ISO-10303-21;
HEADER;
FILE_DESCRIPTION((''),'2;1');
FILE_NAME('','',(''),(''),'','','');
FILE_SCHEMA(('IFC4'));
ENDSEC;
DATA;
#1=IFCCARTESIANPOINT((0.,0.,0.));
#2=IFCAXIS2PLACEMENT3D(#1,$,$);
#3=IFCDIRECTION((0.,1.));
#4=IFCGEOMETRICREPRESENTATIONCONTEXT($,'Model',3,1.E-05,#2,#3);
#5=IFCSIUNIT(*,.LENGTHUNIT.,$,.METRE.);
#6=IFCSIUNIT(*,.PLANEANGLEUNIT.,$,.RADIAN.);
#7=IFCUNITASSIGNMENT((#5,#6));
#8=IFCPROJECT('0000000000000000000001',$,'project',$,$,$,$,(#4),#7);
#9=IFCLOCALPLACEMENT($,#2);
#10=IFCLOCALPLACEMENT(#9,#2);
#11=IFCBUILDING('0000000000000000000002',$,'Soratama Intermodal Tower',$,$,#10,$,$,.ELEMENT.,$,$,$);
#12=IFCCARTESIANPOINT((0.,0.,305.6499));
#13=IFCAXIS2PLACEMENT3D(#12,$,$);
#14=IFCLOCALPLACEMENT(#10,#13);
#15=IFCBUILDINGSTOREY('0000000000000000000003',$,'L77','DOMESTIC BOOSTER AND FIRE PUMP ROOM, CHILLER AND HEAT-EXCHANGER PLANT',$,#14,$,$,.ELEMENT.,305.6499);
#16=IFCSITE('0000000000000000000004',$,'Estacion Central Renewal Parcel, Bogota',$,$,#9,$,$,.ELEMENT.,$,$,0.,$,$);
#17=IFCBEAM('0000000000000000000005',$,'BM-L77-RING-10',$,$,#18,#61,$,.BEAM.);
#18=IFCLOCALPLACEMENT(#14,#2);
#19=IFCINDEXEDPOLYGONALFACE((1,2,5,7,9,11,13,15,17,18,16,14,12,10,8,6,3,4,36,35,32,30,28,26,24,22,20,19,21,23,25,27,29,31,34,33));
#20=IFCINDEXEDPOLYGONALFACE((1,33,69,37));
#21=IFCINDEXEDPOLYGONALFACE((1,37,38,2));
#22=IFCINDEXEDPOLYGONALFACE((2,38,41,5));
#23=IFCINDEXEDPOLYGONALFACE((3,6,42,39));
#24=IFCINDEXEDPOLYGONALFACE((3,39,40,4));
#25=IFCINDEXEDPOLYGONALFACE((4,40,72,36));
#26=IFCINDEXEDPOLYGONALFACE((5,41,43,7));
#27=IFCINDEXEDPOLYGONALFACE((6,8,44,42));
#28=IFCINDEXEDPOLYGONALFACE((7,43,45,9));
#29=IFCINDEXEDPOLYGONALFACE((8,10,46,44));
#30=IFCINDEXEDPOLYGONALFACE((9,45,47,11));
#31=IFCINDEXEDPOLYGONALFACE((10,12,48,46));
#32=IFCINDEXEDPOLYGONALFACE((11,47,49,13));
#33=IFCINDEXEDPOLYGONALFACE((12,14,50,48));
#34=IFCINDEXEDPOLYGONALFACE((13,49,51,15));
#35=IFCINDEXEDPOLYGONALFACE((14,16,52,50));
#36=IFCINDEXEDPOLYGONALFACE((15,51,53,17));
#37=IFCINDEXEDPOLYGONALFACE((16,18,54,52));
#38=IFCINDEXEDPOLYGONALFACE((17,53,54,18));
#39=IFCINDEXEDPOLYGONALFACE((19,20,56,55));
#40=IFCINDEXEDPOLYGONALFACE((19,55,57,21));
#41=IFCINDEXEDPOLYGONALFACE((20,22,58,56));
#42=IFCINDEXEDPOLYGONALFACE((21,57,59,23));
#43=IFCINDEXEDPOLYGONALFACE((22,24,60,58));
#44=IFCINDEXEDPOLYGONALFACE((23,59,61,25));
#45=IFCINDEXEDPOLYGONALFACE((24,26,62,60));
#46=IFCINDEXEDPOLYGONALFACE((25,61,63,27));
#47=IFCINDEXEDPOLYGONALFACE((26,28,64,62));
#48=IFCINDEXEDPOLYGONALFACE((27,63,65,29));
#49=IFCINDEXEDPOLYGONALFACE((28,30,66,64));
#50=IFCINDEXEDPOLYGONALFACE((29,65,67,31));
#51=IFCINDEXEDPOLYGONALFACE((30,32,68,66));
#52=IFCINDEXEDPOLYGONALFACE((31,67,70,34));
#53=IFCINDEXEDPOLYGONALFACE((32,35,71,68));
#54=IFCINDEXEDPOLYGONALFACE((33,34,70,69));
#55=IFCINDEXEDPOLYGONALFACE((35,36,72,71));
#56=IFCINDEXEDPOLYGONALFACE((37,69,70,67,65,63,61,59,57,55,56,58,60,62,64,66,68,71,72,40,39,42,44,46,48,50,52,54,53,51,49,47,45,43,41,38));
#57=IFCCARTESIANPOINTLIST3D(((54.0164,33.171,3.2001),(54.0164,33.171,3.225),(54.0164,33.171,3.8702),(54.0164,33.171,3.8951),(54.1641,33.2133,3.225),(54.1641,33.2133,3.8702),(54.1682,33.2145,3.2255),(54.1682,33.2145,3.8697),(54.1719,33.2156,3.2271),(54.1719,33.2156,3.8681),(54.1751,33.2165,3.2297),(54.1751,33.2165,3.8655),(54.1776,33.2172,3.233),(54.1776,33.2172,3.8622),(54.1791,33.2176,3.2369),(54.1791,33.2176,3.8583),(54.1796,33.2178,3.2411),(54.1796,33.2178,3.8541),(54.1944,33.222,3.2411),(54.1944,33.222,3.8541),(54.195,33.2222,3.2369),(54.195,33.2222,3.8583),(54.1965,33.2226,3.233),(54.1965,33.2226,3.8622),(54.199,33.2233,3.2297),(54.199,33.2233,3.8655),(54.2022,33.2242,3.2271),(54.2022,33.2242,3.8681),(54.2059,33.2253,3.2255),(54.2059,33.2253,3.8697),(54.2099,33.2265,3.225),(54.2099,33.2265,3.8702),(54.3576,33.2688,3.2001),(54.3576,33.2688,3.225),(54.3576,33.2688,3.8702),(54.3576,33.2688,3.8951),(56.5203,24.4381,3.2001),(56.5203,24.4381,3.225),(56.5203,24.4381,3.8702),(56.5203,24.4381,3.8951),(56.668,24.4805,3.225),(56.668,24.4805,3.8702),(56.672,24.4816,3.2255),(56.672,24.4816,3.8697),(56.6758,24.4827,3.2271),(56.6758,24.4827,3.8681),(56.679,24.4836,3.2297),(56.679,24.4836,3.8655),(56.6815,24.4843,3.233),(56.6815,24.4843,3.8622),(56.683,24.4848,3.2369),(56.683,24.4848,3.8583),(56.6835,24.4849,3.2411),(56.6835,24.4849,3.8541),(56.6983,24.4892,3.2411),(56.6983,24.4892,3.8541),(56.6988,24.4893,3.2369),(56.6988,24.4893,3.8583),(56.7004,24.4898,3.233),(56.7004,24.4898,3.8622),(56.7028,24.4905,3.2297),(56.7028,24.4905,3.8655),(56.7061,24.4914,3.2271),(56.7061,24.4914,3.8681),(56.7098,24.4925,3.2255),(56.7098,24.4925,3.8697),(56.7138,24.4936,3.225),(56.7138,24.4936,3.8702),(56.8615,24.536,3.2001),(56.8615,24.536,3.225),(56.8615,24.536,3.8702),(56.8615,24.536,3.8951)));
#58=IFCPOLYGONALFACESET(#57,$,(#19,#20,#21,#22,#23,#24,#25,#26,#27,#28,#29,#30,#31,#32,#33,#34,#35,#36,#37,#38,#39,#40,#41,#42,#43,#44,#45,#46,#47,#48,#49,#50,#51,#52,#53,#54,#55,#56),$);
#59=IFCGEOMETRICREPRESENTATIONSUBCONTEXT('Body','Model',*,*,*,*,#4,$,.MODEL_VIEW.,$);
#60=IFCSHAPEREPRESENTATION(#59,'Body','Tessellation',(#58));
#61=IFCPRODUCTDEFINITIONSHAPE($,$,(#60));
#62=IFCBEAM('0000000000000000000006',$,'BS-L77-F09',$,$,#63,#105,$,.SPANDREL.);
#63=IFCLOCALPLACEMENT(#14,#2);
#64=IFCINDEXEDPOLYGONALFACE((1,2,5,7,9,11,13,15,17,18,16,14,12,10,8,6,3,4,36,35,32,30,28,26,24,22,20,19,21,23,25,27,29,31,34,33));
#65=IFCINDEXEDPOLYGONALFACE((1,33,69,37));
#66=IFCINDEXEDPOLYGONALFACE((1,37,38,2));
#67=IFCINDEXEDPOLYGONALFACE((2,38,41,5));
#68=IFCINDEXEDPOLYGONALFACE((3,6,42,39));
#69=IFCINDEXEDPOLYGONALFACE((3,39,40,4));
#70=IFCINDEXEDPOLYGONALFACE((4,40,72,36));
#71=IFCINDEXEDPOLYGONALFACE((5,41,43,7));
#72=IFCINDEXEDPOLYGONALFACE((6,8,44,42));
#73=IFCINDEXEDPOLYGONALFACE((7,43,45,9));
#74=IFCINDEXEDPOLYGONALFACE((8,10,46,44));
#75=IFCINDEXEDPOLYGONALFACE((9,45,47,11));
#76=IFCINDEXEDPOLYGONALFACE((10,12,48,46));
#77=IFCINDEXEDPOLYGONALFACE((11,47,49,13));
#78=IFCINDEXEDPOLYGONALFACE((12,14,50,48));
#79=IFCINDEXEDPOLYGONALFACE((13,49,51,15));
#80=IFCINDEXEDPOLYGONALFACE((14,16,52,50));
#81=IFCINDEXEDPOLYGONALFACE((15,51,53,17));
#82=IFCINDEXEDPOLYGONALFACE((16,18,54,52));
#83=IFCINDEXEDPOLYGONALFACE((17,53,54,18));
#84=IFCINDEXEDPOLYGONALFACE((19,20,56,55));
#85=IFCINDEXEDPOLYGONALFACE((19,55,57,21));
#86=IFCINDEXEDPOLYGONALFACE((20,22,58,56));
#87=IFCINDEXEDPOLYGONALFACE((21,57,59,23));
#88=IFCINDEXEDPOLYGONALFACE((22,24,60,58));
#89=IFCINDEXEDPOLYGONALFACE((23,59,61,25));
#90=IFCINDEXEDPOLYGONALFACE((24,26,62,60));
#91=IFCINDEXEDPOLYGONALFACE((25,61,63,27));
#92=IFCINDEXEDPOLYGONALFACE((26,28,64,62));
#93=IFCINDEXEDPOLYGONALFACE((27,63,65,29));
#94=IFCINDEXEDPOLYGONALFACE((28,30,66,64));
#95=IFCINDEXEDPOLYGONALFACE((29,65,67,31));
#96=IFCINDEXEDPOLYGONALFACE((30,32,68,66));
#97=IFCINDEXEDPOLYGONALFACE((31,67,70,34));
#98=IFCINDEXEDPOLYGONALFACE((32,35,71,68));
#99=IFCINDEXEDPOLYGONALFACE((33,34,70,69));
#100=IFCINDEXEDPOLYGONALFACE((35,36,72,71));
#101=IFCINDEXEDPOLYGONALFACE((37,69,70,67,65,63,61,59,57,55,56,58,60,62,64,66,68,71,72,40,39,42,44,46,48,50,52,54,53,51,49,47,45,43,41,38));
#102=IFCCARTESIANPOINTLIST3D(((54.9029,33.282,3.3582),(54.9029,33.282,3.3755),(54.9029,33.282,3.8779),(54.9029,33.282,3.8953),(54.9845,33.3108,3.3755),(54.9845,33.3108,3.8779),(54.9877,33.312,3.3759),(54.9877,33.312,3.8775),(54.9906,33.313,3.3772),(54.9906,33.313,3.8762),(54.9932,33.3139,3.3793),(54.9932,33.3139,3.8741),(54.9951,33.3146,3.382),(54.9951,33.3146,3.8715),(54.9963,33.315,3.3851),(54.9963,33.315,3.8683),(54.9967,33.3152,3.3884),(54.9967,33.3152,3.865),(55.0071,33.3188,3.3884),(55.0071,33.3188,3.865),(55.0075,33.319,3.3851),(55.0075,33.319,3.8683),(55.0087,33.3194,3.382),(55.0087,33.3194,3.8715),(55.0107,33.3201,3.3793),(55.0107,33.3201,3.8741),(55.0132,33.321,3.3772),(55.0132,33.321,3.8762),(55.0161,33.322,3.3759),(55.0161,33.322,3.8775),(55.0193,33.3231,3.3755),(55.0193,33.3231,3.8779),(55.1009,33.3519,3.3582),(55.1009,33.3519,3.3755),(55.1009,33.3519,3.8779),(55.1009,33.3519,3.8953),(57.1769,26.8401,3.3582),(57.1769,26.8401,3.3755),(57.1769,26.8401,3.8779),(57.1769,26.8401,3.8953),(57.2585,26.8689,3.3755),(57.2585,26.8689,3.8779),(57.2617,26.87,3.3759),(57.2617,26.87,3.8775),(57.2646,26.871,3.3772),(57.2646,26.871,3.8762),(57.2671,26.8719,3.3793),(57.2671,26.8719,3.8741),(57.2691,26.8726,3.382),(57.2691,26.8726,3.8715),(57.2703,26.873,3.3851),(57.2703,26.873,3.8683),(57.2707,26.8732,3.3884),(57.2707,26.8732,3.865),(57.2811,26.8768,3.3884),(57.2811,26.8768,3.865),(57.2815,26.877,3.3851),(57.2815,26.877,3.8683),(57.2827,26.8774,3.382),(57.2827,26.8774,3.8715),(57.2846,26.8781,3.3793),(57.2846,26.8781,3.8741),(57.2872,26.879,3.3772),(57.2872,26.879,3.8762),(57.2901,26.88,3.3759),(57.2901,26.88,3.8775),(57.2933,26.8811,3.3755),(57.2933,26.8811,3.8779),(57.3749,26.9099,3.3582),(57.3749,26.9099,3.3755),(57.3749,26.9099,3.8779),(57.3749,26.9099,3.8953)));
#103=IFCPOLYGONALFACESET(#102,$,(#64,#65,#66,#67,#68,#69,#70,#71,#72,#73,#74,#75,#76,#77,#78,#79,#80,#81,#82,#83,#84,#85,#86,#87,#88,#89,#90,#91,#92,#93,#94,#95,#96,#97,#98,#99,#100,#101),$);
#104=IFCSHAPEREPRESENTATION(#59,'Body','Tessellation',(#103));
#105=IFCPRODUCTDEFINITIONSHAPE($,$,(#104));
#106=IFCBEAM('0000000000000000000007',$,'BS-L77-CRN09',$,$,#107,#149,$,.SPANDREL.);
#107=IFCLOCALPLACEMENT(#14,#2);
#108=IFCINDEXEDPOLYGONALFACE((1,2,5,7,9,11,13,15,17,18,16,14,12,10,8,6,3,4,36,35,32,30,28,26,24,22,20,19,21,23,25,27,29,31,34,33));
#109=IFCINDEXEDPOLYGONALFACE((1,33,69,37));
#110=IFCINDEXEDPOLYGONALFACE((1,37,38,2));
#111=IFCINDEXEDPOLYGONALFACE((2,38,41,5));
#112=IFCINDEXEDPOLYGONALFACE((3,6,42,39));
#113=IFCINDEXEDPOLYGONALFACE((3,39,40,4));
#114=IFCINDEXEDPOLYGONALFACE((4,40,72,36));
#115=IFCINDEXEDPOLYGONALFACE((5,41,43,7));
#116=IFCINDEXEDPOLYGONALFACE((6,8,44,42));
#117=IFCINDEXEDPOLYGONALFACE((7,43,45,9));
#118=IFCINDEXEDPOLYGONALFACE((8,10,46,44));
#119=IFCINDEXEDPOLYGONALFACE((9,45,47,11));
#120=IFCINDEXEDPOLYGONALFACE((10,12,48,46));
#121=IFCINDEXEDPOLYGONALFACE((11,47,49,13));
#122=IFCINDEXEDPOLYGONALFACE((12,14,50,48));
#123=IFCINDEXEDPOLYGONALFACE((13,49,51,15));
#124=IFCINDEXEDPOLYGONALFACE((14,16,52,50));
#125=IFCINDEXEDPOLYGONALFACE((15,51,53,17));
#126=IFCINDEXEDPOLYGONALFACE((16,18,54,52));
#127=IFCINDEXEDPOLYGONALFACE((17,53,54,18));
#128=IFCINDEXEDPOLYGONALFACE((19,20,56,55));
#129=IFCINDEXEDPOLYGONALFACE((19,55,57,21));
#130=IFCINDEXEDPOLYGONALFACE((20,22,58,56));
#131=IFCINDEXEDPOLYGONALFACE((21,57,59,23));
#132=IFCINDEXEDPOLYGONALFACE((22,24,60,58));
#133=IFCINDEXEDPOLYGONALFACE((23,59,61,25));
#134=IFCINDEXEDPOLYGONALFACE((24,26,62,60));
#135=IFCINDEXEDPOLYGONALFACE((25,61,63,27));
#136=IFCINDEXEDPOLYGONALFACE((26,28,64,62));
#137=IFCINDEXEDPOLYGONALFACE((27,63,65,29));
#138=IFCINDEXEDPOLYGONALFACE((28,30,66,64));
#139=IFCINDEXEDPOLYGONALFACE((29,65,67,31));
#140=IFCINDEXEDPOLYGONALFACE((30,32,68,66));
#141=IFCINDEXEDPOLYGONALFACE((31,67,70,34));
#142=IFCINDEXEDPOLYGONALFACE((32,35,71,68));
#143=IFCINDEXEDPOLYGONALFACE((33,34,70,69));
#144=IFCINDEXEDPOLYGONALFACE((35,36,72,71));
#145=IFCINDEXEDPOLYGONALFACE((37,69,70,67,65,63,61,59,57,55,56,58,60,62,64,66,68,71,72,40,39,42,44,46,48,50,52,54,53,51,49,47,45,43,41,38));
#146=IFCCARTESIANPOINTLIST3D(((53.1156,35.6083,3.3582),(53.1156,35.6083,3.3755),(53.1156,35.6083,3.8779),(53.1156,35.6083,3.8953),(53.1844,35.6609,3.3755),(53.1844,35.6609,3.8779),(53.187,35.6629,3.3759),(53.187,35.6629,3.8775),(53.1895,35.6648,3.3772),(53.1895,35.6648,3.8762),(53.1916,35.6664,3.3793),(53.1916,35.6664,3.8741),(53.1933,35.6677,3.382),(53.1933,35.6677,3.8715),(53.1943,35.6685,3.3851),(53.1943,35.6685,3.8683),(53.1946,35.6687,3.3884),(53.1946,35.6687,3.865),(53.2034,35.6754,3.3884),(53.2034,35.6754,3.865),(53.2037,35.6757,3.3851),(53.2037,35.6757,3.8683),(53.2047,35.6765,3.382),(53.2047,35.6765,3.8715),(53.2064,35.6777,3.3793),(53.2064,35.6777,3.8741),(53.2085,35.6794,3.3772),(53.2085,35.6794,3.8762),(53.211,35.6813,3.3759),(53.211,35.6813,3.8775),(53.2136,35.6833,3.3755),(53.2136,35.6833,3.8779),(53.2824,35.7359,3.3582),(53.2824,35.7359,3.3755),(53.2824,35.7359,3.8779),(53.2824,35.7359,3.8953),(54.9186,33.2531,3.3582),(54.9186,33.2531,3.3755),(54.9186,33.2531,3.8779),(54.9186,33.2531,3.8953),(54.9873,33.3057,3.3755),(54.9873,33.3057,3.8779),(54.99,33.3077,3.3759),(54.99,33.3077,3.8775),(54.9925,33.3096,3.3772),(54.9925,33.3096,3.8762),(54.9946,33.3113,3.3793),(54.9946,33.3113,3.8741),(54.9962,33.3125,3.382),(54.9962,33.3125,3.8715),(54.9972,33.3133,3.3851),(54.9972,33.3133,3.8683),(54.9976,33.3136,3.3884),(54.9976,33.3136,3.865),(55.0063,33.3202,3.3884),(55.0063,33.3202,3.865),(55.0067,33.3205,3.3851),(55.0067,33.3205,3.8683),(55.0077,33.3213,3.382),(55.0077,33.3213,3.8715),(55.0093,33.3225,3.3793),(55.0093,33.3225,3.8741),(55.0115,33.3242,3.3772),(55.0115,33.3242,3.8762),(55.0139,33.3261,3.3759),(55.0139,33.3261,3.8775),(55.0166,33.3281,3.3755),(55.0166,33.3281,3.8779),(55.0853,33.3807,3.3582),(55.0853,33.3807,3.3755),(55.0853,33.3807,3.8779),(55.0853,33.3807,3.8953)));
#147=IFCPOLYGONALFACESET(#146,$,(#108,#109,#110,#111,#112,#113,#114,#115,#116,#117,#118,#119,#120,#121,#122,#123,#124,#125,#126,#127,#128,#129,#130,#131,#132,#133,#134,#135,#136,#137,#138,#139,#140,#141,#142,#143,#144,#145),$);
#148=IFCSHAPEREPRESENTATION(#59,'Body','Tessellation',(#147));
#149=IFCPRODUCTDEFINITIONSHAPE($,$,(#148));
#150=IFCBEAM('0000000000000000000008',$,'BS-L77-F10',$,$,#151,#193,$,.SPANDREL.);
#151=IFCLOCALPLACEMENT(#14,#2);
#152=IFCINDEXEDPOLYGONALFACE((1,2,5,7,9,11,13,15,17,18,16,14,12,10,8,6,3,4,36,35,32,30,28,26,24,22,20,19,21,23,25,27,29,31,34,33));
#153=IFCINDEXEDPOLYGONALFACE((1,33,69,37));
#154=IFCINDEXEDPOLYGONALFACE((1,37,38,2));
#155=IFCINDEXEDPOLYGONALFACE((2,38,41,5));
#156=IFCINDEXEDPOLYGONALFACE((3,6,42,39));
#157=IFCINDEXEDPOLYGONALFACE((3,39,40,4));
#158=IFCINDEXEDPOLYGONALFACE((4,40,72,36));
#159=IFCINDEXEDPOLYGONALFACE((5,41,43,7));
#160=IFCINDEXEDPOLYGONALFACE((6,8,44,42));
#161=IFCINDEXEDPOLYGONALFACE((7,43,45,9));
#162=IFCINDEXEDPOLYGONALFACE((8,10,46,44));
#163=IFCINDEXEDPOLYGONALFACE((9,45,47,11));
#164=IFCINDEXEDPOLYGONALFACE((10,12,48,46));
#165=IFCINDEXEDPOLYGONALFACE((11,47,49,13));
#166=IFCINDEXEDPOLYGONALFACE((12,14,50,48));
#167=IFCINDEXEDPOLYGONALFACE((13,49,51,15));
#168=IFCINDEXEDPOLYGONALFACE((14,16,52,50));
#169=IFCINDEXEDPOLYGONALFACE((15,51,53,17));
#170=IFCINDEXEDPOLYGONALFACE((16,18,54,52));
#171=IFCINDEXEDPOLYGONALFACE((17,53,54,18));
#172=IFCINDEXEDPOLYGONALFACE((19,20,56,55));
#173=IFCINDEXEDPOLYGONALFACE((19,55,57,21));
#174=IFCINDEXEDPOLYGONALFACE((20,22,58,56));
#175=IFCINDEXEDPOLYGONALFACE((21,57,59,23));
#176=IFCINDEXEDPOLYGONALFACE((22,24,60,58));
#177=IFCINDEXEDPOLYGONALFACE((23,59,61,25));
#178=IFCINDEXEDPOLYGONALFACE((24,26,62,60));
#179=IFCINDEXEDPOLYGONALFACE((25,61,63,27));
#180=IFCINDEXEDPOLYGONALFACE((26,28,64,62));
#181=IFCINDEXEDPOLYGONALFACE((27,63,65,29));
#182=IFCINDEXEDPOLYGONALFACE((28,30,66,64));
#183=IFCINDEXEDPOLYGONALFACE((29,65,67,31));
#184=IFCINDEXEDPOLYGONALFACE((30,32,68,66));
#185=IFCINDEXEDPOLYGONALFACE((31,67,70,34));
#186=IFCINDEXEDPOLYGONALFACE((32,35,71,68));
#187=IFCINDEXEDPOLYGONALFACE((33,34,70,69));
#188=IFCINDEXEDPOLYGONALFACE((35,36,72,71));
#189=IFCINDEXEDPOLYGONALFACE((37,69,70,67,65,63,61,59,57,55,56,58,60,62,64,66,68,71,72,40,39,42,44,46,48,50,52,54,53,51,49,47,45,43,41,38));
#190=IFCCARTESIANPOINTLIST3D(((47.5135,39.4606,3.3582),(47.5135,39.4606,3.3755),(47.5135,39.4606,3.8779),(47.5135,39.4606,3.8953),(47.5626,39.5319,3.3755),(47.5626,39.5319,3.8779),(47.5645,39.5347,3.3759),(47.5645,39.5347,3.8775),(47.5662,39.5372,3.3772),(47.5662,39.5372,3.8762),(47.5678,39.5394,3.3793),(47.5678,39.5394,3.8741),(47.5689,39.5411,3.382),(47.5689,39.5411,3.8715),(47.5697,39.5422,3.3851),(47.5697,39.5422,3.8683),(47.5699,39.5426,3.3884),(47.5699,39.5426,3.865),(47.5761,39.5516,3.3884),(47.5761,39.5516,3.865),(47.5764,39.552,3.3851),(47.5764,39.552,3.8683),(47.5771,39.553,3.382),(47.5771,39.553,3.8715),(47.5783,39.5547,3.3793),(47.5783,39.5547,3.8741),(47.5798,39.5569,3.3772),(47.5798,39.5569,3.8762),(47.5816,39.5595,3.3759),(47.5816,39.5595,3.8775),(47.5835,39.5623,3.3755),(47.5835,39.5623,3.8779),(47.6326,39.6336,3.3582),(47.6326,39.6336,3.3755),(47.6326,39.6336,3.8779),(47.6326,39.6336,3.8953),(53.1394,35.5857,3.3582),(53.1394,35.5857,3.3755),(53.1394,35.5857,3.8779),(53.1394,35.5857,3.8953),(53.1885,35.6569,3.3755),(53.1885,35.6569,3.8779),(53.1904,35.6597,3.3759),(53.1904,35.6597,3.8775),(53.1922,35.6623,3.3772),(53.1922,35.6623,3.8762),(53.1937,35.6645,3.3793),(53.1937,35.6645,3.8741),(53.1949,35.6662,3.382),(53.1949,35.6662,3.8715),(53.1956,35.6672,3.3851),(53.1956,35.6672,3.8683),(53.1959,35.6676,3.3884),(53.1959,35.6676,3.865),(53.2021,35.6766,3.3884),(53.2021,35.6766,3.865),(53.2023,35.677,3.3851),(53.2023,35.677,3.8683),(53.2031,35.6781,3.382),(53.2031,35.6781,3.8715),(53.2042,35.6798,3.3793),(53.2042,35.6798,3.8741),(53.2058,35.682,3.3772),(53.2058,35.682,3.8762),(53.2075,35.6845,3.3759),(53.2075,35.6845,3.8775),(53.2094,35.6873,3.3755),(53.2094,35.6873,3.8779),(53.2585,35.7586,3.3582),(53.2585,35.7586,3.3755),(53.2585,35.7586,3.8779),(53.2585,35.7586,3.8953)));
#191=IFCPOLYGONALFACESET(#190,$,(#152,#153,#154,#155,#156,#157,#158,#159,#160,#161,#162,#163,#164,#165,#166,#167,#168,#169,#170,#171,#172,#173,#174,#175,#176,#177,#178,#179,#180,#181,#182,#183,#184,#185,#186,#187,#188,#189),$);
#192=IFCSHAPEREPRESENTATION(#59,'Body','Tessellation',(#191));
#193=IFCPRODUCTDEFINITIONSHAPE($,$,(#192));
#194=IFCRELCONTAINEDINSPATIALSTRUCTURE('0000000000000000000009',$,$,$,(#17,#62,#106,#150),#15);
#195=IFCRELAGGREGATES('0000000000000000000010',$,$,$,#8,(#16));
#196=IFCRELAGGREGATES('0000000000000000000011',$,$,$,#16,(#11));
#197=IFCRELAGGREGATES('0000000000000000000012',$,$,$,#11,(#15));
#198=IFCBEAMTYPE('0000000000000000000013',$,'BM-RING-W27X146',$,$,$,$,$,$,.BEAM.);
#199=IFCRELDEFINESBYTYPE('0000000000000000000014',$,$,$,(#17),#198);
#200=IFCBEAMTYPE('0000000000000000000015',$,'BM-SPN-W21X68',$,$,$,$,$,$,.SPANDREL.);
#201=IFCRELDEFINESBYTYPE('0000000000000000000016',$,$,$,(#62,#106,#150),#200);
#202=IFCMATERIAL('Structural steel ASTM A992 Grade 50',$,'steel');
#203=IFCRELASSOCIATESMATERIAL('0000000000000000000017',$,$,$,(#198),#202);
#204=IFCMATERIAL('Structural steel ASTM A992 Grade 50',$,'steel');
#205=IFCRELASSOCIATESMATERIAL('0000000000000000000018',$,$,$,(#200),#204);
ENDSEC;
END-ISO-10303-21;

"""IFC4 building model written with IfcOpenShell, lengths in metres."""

from ifc_helpers import new_model, si_unit, direction, frame, origin, origin_2d, place, context, subcontext, project, spatial, i_section, extrude, material, material_profile, profile_set, type_object, element, save


model = new_model("IFC4")

# Units and contexts
model_context = context("Model", 3, precision=1e-05, world=origin(), true_north=direction((0.0, 1.0)))
body_context = subcontext(model_context, "Body", "Model", "MODEL_VIEW")
ifc_project = project(units=[si_unit("LENGTHUNIT", "METRE"), si_unit("PLANEANGLEUNIT", "RADIAN")], contexts=[model_context])

# Site, building, storey
site_placement = place(None, origin())
site = spatial("IfcSite", under=ifc_project, at=site_placement, Name="Estacion Central Renewal Parcel, Bogota", CompositionType="ELEMENT", RefElevation=0.0)
building_placement = place(site_placement, origin())
building = spatial("IfcBuilding", under=site, at=building_placement, Name="Soratama Intermodal Tower", CompositionType="ELEMENT")
storey_placement = place(building_placement, frame((0.0, 0.0, 305.6499)))
storey = spatial("IfcBuildingStorey", under=building, at=storey_placement, Name="L77", Description="DOMESTIC BOOSTER AND FIRE PUMP ROOM, CHILLER AND HEAT-EXCHANGER PLANT", CompositionType="ELEMENT", Elevation=305.6499)

# Beams
ifc_material_1 = material(Name="Structural steel ASTM A992 Grade 50", Category="steel")
ifc_material_profile_1 = material_profile(ifc_material_1, i_section(OverallWidth=0.355, OverallDepth=0.6951, WebThickness=0.0154, FlangeThickness=0.0249, FilletRadius=0.0161, at=origin_2d()), Name="W27X146")
ifc_profile_set_1 = profile_set([ifc_material_profile_1], Name="Structural steel ASTM A992 Grade 50")
beam_type_1 = type_object("IfcBeamType", Name="BM-RING-W27X146", PredefinedType="BEAM", material=ifc_profile_set_1)
beam_1_placement = place(storey_placement, frame((56.6909, 24.4871, 3.5476), z_axis=(-0.275615, 0.961268, 0.0), x_axis=(-0.961268, -0.275615, 0.0)))
element("IfcBeam", 1, at=beam_1_placement, inside=storey, type_object=beam_type_1, Name="BM-L77-RING-10", PredefinedType="BEAM", context=body_context, shape_type="SweptSolid", body=[
    extrude(i_section(OverallWidth=0.355, OverallDepth=0.6951, WebThickness=0.0154, FlangeThickness=0.0249, FilletRadius=0.0161, at=origin_2d()), origin(), (0.0, 0.0, 1.0), 9.0847),
])
ifc_material_2 = material(Name="Structural steel ASTM A992 Grade 50", Category="steel")
ifc_material_profile_2 = material_profile(ifc_material_2, i_section(OverallWidth=0.21, OverallDepth=0.5371, WebThickness=0.011, FlangeThickness=0.0173, FilletRadius=0.0129, at=origin_2d()), Name="W21X68")
ifc_profile_set_2 = profile_set([ifc_material_profile_2], Name="Structural steel ASTM A992 Grade 50")
beam_type_2 = type_object("IfcBeamType", Name="BM-SPN-W21X68", PredefinedType="SPANDREL", material=ifc_profile_set_2)
beam_2_placement = place(storey_placement, frame((57.2759, 26.875, 3.6267), z_axis=(-0.332861, 0.942976, 0.0), x_axis=(-0.942976, -0.332861, 0.0)))
element("IfcBeam", 2, at=beam_2_placement, inside=storey, type_object=beam_type_2, Name="BS-L77-F09", PredefinedType="SPANDREL", context=body_context, shape_type="SweptSolid", body=[
    extrude(i_section(OverallWidth=0.21, OverallDepth=0.5371, WebThickness=0.011, FlangeThickness=0.0173, FilletRadius=0.0129, at=origin_2d()), origin(), (0.0, 0.0, 1.0), 6.8315),
])
beam_3_placement = place(storey_placement, frame((55.002, 33.3169, 3.6267), z_axis=(-0.607859, 0.794045, 0.0), x_axis=(-0.794045, -0.607859, 0.0)))
element("IfcBeam", 3, at=beam_3_placement, inside=storey, type_object=beam_type_2, Name="BS-L77-CRN09", PredefinedType="SPANDREL", context=body_context, shape_type="SweptSolid", body=[
    extrude(i_section(OverallWidth=0.21, OverallDepth=0.5371, WebThickness=0.011, FlangeThickness=0.0173, FilletRadius=0.0129, at=origin_2d()), origin(), (0.0, 0.0, 1.0), 2.9661),
])
beam_4_placement = place(storey_placement, frame((53.199, 35.6721, 3.6267), z_axis=(-0.823554, 0.567238, 0.0), x_axis=(-0.567238, -0.823554, 0.0)))
element("IfcBeam", 4, at=beam_4_placement, inside=storey, type_object=beam_type_2, Name="BS-L77-F10", PredefinedType="SPANDREL", context=body_context, shape_type="SweptSolid", body=[
    extrude(i_section(OverallWidth=0.21, OverallDepth=0.5371, WebThickness=0.011, FlangeThickness=0.0173, FilletRadius=0.0129, at=origin_2d()), origin(), (0.0, 0.0, 1.0), 6.8313),
])

save(model, "model.ifc")
